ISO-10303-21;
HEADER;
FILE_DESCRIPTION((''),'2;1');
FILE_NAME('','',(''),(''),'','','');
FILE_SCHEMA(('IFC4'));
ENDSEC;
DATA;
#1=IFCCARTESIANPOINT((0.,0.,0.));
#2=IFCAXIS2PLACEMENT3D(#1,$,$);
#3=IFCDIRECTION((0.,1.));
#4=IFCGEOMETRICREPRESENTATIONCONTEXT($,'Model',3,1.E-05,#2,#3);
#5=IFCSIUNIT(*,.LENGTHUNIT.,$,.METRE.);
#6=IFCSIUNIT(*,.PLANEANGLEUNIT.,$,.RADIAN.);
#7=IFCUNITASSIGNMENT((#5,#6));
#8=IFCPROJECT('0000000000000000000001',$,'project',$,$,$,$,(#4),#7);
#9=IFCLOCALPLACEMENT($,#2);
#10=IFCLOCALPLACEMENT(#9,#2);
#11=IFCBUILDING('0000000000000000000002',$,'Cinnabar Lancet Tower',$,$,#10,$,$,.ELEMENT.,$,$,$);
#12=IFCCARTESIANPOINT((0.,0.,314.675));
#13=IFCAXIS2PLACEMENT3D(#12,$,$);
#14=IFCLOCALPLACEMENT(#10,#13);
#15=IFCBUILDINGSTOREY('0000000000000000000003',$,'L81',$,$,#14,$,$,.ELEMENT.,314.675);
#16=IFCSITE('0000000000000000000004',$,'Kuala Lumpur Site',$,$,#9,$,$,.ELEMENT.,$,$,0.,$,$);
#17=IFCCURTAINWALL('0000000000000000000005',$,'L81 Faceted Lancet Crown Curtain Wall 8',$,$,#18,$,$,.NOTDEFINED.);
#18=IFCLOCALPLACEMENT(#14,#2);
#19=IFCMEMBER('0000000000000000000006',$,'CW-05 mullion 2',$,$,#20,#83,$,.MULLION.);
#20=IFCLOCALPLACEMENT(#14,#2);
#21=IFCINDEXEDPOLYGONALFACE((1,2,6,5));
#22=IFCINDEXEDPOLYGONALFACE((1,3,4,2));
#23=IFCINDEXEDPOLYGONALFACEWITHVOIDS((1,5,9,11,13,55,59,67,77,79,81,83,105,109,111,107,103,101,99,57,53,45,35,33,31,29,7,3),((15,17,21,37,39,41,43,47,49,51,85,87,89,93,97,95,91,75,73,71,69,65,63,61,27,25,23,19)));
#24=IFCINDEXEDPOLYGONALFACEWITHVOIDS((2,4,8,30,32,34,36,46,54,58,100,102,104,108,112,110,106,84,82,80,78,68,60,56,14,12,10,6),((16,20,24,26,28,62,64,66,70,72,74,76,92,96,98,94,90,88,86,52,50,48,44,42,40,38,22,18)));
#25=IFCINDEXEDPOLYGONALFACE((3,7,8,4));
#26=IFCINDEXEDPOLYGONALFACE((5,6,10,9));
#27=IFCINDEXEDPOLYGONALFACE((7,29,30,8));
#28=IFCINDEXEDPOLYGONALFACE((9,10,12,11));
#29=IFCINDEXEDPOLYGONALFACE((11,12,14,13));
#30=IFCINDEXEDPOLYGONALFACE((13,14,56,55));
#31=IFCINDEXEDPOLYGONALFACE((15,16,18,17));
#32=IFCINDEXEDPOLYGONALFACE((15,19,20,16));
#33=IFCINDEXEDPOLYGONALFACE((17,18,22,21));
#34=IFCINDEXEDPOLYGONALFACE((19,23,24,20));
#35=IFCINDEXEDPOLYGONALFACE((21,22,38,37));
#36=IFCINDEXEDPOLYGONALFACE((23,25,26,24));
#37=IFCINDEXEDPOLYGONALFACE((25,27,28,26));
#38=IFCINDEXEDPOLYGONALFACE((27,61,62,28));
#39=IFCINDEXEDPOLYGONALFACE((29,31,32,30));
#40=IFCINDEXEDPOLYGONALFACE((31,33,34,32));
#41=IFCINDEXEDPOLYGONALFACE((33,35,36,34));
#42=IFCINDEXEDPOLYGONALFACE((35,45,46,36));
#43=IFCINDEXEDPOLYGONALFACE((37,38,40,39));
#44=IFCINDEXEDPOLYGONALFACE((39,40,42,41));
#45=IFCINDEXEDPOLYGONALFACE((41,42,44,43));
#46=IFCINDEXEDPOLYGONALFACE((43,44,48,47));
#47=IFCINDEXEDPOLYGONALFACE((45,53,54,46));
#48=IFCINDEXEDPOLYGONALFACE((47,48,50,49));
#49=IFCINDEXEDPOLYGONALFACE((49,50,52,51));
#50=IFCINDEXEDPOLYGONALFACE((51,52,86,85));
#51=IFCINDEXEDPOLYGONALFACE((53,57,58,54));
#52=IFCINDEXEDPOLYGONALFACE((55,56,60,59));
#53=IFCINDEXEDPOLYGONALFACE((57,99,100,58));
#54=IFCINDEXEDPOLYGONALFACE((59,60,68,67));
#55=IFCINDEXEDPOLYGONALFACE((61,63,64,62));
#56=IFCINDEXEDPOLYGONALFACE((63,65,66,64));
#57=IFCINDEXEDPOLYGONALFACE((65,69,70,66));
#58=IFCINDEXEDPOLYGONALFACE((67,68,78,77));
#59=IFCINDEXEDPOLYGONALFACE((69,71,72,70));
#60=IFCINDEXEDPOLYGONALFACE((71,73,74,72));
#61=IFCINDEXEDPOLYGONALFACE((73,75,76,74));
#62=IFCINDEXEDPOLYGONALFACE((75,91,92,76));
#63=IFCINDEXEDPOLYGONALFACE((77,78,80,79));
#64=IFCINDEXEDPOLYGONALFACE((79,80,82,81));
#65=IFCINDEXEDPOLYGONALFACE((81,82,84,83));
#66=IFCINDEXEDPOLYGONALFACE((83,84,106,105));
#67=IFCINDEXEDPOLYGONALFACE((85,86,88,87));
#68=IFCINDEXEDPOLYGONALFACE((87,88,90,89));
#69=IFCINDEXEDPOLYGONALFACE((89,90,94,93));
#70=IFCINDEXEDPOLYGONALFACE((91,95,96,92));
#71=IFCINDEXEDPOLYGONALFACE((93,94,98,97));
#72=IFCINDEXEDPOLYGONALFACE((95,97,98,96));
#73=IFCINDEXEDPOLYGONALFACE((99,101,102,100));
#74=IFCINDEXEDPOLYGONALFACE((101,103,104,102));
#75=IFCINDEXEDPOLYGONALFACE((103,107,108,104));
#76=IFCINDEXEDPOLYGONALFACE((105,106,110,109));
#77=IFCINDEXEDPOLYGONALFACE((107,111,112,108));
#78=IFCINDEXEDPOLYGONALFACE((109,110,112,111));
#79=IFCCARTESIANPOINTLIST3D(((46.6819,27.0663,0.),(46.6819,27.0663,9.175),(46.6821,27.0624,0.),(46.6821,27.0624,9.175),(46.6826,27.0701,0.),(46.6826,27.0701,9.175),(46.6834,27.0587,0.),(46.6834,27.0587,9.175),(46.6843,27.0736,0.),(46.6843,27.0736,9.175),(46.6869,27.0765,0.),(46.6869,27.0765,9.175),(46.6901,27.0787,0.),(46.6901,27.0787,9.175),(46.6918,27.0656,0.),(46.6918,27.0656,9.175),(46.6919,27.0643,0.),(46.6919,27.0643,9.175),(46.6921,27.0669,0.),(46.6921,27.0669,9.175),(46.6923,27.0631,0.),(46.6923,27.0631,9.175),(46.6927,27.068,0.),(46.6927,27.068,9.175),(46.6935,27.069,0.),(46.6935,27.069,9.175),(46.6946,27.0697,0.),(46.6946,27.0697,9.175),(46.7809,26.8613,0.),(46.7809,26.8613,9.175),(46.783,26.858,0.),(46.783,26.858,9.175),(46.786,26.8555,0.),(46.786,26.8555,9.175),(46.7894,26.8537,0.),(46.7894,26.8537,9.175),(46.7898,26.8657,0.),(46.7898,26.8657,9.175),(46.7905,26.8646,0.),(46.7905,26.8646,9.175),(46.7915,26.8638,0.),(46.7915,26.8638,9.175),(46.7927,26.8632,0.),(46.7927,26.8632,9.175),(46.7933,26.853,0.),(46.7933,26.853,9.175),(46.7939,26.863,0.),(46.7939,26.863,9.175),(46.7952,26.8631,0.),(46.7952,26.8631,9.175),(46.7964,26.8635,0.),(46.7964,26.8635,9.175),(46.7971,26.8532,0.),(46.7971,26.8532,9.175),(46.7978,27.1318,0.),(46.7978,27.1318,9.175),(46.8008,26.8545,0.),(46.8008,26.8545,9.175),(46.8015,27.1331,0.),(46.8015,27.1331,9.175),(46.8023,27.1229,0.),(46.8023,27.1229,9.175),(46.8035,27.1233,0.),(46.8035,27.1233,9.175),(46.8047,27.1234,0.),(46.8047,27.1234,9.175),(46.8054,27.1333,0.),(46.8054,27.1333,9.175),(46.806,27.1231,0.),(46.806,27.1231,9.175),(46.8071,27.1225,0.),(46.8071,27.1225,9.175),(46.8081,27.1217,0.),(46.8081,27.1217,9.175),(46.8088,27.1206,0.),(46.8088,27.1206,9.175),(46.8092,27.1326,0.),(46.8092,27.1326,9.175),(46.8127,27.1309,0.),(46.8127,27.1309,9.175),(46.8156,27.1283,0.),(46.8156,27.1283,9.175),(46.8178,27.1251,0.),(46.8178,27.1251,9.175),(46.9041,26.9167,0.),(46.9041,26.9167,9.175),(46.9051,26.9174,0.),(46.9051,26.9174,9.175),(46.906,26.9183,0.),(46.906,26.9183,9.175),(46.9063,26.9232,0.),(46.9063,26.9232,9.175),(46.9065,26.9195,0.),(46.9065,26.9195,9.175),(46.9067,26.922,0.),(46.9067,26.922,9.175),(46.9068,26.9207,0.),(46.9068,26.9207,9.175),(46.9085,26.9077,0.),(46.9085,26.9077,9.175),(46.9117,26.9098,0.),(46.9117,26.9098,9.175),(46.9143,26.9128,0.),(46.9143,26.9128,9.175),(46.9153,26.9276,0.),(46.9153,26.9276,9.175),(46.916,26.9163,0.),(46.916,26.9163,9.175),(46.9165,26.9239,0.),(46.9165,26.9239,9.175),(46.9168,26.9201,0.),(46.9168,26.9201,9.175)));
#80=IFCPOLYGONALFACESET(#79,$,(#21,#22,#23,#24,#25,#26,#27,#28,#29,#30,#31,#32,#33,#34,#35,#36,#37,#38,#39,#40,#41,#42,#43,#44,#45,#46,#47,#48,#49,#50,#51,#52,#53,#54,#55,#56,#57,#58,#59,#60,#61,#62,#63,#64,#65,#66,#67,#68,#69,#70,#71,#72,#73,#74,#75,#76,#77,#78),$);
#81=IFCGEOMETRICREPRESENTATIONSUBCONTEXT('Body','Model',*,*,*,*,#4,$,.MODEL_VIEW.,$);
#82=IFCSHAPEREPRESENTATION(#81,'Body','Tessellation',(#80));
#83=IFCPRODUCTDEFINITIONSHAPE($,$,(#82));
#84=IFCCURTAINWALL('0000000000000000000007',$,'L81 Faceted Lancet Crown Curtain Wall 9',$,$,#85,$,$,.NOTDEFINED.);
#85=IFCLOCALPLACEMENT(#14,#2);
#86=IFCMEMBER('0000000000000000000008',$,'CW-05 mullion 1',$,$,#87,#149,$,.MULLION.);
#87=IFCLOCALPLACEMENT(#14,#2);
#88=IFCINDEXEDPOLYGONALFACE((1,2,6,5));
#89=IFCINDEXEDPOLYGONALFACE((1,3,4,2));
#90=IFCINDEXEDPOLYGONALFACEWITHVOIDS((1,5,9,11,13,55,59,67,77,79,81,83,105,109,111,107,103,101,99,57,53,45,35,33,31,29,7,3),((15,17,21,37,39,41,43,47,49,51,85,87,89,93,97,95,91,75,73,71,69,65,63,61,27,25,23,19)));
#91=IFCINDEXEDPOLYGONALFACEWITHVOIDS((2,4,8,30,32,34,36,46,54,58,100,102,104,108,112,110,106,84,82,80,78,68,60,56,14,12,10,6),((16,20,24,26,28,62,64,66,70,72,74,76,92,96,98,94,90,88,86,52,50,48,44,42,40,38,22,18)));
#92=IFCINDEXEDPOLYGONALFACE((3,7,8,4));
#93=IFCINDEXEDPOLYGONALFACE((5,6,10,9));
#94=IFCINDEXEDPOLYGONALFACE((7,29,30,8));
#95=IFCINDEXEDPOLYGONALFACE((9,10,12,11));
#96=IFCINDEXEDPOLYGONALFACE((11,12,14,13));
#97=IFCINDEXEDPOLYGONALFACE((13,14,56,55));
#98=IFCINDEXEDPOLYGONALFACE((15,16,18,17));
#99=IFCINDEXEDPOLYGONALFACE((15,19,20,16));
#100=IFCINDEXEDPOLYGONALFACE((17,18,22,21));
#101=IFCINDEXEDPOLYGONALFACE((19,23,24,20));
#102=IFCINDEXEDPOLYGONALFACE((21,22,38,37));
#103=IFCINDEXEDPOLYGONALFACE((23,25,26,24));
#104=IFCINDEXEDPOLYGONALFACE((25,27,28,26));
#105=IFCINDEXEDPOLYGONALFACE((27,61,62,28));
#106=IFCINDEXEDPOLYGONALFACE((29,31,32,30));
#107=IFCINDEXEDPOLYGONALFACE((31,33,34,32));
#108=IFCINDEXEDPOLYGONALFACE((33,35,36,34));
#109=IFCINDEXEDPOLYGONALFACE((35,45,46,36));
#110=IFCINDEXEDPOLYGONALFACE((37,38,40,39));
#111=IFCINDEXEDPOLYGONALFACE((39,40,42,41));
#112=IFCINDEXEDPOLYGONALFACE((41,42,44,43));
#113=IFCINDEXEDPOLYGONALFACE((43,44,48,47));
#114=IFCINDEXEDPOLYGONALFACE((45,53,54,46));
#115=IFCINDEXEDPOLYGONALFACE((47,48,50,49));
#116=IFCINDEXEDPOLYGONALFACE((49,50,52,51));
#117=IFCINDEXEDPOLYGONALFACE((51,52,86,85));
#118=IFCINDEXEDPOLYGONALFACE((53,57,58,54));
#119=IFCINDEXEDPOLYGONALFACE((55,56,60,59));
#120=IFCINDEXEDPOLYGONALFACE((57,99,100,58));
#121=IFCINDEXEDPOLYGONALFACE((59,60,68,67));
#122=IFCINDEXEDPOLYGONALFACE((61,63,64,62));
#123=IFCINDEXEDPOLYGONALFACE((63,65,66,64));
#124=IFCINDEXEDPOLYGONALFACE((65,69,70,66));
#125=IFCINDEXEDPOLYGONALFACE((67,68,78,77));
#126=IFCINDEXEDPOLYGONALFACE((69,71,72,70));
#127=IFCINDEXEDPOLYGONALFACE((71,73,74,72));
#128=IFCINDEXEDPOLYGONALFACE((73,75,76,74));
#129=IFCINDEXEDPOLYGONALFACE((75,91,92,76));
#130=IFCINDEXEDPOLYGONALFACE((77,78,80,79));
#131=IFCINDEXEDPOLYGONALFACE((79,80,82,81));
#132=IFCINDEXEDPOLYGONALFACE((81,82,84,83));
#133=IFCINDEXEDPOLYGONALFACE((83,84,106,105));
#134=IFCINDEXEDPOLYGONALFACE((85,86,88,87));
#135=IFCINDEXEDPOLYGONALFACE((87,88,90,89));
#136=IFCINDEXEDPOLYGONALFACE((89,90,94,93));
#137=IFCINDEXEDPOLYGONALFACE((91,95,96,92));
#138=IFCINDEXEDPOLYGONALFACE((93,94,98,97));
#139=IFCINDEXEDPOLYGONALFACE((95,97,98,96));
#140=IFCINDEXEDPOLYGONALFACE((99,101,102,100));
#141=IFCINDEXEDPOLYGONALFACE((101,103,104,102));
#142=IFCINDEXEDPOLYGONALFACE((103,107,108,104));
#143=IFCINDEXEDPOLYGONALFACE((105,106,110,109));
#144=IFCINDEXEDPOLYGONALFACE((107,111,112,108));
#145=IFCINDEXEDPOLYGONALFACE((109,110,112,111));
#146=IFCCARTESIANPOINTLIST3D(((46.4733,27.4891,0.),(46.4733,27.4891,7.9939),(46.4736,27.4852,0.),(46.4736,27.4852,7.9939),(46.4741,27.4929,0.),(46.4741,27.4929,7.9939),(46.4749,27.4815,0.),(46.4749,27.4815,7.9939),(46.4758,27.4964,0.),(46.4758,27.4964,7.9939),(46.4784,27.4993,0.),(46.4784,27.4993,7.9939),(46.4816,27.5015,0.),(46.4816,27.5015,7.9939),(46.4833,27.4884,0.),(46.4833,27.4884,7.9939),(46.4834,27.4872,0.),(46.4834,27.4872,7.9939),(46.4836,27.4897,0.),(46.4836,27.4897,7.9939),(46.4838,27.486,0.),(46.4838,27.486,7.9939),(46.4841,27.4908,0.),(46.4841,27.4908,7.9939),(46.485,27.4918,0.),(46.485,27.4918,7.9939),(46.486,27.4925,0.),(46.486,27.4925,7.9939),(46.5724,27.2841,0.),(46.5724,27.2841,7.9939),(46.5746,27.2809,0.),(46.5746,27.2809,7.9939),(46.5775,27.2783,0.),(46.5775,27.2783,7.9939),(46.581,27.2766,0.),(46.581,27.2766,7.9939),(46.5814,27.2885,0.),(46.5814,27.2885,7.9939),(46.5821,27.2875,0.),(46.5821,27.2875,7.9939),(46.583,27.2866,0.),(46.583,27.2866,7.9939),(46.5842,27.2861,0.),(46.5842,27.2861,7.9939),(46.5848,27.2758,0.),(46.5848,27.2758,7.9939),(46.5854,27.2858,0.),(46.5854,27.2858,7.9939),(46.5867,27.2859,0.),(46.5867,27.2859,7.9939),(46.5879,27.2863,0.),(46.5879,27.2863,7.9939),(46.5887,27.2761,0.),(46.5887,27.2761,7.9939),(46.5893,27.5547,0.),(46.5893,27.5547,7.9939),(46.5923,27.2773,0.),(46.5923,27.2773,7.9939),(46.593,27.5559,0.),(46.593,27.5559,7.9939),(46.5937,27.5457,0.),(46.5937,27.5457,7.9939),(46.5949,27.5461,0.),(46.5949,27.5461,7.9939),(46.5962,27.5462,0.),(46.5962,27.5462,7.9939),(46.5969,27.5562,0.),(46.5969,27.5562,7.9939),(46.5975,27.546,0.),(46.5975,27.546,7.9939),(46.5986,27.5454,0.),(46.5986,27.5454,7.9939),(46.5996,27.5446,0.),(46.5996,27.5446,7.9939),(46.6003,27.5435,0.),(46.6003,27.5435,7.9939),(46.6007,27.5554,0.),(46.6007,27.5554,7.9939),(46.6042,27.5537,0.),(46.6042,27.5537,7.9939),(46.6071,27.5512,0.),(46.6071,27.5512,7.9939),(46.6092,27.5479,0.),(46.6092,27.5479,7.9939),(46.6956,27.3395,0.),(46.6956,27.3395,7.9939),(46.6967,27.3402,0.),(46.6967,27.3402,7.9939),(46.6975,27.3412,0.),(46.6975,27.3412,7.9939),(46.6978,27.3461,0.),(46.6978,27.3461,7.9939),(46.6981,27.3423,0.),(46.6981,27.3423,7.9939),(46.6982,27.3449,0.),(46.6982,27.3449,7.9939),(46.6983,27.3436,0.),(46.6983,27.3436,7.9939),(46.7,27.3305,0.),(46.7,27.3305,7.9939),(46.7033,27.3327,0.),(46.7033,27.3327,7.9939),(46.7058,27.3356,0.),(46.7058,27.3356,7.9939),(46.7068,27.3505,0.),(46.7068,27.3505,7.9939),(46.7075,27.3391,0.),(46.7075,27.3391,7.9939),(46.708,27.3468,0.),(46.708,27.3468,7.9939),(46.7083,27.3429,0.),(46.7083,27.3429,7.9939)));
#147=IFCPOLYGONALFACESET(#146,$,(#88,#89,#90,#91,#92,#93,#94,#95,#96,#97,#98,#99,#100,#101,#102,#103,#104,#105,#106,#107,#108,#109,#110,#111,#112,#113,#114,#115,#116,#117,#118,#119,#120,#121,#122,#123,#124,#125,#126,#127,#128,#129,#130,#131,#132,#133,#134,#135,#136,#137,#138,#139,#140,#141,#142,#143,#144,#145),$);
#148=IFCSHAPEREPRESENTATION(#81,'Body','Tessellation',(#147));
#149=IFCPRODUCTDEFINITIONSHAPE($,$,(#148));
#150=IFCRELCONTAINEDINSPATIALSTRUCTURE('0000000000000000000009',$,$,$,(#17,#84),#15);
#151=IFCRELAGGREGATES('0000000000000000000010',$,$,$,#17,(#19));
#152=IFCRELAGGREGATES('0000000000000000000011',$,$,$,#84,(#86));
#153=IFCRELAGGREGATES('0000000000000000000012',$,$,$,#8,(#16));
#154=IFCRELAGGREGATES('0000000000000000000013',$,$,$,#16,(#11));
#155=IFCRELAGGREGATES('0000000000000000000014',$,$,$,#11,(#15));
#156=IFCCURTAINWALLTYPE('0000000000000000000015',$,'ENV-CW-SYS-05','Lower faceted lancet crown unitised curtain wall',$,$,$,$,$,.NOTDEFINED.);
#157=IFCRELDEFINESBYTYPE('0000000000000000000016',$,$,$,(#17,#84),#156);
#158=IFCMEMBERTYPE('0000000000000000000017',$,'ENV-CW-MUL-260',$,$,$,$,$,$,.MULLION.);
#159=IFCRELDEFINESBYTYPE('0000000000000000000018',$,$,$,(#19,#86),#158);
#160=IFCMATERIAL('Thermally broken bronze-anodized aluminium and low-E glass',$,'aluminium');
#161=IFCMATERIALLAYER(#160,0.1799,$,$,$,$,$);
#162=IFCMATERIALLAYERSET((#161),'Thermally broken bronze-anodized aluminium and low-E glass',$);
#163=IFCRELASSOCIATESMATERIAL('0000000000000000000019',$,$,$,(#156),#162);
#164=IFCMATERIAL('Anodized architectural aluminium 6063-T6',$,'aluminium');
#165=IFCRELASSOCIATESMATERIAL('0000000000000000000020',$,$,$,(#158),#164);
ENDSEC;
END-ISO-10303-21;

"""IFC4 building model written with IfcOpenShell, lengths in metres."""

from ifc_helpers import new_model, si_unit, direction, frame, origin, origin_2d, place, context, subcontext, project, spatial, hollow_rectangle, extrude, material, layer, layer_set, material_profile, profile_set, type_object, element, aggregate, save


model = new_model("IFC4")

# Units and contexts
model_context = context("Model", 3, precision=1e-05, world=origin(), true_north=direction((0.0, 1.0)))
body_context = subcontext(model_context, "Body", "Model", "MODEL_VIEW")
ifc_project = project(units=[si_unit("LENGTHUNIT", "METRE"), si_unit("PLANEANGLEUNIT", "RADIAN")], contexts=[model_context])

# Site, building, storey
site_placement = place(None, origin())
site = spatial("IfcSite", under=ifc_project, at=site_placement, Name="Kuala Lumpur Site", CompositionType="ELEMENT", RefElevation=0.0)
building_placement = place(site_placement, origin())
building = spatial("IfcBuilding", under=site, at=building_placement, Name="Cinnabar Lancet Tower", CompositionType="ELEMENT")
storey_placement = place(building_placement, frame((0.0, 0.0, 314.675)))
storey = spatial("IfcBuildingStorey", under=building, at=storey_placement, Name="L81", CompositionType="ELEMENT", Elevation=314.675)

# Shared definitions
ifc_material_1 = material(Name="Thermally broken bronze-anodized aluminium and low-E glass", Category="aluminium")
ifc_layer_1 = layer(ifc_material_1, 0.1799)
ifc_layer_set_1 = layer_set([ifc_layer_1], Name="Thermally broken bronze-anodized aluminium and low-E glass")
curtain_wall_type = type_object("IfcCurtainWallType", Name="ENV-CW-SYS-05", Description="Lower faceted lancet crown unitised curtain wall", PredefinedType="NOTDEFINED", material=ifc_layer_set_1)
ifc_material_2 = material(Name="Anodized architectural aluminium 6063-T6", Category="aluminium")
ifc_material_profile_1 = material_profile(ifc_material_2, hollow_rectangle(XDim=0.1499, YDim=0.25, WallThickness=0.01, InnerFilletRadius=0.0049, OuterFilletRadius=0.0149, at=origin_2d()), Name="RHS 250x150x10")
ifc_profile_set_1 = profile_set([ifc_material_profile_1], Name="Anodized architectural aluminium 6063-T6")
member_type_1 = type_object("IfcMemberType", Name="ENV-CW-MUL-260", PredefinedType="MULLION", material=ifc_profile_set_1)

# Curtain walls, members
curtain_wall_1_placement = place(storey_placement, origin())
curtain_wall_1 = element("IfcCurtainWall", 1, at=curtain_wall_1_placement, inside=storey, type_object=curtain_wall_type, Name="L81 Faceted Lancet Crown Curtain Wall 8", PredefinedType="NOTDEFINED")
member_1_placement = place(storey_placement, frame((46.7993, 26.9932, 0.0), z_axis=(0.0, 0.0, 1.0), x_axis=(-0.896636, -0.442768, 0.0)))
member_1 = element("IfcMember", 2, at=member_1_placement, type_object=member_type_1, Name="CW-05 mullion 2", PredefinedType="MULLION", context=body_context, shape_type="SweptSolid", body=[
    extrude(hollow_rectangle(XDim=0.1499, YDim=0.25, WallThickness=0.01, InnerFilletRadius=0.0049, OuterFilletRadius=0.0149, at=origin_2d()), origin(), (0.0, 0.0, 1.0), 9.175),
])
curtain_wall_2_placement = place(storey_placement, origin())
curtain_wall_2 = element("IfcCurtainWall", 3, at=curtain_wall_2_placement, inside=storey, type_object=curtain_wall_type, Name="L81 Faceted Lancet Crown Curtain Wall 9", PredefinedType="NOTDEFINED")
member_2_placement = place(storey_placement, frame((46.5908, 27.416, 0.0), z_axis=(0.0, 0.0, 1.0), x_axis=(-0.896552, -0.442939, 0.0)))
member_2 = element("IfcMember", 4, at=member_2_placement, type_object=member_type_1, Name="CW-05 mullion 1", PredefinedType="MULLION", context=body_context, shape_type="SweptSolid", body=[
    extrude(hollow_rectangle(XDim=0.1499, YDim=0.25, WallThickness=0.01, InnerFilletRadius=0.0049, OuterFilletRadius=0.0149, at=origin_2d()), origin(), (0.0, 0.0, 1.0), 7.9939),
])

aggregate(curtain_wall_1, [member_1])
aggregate(curtain_wall_2, [member_2])

save(model, "model.ifc")
